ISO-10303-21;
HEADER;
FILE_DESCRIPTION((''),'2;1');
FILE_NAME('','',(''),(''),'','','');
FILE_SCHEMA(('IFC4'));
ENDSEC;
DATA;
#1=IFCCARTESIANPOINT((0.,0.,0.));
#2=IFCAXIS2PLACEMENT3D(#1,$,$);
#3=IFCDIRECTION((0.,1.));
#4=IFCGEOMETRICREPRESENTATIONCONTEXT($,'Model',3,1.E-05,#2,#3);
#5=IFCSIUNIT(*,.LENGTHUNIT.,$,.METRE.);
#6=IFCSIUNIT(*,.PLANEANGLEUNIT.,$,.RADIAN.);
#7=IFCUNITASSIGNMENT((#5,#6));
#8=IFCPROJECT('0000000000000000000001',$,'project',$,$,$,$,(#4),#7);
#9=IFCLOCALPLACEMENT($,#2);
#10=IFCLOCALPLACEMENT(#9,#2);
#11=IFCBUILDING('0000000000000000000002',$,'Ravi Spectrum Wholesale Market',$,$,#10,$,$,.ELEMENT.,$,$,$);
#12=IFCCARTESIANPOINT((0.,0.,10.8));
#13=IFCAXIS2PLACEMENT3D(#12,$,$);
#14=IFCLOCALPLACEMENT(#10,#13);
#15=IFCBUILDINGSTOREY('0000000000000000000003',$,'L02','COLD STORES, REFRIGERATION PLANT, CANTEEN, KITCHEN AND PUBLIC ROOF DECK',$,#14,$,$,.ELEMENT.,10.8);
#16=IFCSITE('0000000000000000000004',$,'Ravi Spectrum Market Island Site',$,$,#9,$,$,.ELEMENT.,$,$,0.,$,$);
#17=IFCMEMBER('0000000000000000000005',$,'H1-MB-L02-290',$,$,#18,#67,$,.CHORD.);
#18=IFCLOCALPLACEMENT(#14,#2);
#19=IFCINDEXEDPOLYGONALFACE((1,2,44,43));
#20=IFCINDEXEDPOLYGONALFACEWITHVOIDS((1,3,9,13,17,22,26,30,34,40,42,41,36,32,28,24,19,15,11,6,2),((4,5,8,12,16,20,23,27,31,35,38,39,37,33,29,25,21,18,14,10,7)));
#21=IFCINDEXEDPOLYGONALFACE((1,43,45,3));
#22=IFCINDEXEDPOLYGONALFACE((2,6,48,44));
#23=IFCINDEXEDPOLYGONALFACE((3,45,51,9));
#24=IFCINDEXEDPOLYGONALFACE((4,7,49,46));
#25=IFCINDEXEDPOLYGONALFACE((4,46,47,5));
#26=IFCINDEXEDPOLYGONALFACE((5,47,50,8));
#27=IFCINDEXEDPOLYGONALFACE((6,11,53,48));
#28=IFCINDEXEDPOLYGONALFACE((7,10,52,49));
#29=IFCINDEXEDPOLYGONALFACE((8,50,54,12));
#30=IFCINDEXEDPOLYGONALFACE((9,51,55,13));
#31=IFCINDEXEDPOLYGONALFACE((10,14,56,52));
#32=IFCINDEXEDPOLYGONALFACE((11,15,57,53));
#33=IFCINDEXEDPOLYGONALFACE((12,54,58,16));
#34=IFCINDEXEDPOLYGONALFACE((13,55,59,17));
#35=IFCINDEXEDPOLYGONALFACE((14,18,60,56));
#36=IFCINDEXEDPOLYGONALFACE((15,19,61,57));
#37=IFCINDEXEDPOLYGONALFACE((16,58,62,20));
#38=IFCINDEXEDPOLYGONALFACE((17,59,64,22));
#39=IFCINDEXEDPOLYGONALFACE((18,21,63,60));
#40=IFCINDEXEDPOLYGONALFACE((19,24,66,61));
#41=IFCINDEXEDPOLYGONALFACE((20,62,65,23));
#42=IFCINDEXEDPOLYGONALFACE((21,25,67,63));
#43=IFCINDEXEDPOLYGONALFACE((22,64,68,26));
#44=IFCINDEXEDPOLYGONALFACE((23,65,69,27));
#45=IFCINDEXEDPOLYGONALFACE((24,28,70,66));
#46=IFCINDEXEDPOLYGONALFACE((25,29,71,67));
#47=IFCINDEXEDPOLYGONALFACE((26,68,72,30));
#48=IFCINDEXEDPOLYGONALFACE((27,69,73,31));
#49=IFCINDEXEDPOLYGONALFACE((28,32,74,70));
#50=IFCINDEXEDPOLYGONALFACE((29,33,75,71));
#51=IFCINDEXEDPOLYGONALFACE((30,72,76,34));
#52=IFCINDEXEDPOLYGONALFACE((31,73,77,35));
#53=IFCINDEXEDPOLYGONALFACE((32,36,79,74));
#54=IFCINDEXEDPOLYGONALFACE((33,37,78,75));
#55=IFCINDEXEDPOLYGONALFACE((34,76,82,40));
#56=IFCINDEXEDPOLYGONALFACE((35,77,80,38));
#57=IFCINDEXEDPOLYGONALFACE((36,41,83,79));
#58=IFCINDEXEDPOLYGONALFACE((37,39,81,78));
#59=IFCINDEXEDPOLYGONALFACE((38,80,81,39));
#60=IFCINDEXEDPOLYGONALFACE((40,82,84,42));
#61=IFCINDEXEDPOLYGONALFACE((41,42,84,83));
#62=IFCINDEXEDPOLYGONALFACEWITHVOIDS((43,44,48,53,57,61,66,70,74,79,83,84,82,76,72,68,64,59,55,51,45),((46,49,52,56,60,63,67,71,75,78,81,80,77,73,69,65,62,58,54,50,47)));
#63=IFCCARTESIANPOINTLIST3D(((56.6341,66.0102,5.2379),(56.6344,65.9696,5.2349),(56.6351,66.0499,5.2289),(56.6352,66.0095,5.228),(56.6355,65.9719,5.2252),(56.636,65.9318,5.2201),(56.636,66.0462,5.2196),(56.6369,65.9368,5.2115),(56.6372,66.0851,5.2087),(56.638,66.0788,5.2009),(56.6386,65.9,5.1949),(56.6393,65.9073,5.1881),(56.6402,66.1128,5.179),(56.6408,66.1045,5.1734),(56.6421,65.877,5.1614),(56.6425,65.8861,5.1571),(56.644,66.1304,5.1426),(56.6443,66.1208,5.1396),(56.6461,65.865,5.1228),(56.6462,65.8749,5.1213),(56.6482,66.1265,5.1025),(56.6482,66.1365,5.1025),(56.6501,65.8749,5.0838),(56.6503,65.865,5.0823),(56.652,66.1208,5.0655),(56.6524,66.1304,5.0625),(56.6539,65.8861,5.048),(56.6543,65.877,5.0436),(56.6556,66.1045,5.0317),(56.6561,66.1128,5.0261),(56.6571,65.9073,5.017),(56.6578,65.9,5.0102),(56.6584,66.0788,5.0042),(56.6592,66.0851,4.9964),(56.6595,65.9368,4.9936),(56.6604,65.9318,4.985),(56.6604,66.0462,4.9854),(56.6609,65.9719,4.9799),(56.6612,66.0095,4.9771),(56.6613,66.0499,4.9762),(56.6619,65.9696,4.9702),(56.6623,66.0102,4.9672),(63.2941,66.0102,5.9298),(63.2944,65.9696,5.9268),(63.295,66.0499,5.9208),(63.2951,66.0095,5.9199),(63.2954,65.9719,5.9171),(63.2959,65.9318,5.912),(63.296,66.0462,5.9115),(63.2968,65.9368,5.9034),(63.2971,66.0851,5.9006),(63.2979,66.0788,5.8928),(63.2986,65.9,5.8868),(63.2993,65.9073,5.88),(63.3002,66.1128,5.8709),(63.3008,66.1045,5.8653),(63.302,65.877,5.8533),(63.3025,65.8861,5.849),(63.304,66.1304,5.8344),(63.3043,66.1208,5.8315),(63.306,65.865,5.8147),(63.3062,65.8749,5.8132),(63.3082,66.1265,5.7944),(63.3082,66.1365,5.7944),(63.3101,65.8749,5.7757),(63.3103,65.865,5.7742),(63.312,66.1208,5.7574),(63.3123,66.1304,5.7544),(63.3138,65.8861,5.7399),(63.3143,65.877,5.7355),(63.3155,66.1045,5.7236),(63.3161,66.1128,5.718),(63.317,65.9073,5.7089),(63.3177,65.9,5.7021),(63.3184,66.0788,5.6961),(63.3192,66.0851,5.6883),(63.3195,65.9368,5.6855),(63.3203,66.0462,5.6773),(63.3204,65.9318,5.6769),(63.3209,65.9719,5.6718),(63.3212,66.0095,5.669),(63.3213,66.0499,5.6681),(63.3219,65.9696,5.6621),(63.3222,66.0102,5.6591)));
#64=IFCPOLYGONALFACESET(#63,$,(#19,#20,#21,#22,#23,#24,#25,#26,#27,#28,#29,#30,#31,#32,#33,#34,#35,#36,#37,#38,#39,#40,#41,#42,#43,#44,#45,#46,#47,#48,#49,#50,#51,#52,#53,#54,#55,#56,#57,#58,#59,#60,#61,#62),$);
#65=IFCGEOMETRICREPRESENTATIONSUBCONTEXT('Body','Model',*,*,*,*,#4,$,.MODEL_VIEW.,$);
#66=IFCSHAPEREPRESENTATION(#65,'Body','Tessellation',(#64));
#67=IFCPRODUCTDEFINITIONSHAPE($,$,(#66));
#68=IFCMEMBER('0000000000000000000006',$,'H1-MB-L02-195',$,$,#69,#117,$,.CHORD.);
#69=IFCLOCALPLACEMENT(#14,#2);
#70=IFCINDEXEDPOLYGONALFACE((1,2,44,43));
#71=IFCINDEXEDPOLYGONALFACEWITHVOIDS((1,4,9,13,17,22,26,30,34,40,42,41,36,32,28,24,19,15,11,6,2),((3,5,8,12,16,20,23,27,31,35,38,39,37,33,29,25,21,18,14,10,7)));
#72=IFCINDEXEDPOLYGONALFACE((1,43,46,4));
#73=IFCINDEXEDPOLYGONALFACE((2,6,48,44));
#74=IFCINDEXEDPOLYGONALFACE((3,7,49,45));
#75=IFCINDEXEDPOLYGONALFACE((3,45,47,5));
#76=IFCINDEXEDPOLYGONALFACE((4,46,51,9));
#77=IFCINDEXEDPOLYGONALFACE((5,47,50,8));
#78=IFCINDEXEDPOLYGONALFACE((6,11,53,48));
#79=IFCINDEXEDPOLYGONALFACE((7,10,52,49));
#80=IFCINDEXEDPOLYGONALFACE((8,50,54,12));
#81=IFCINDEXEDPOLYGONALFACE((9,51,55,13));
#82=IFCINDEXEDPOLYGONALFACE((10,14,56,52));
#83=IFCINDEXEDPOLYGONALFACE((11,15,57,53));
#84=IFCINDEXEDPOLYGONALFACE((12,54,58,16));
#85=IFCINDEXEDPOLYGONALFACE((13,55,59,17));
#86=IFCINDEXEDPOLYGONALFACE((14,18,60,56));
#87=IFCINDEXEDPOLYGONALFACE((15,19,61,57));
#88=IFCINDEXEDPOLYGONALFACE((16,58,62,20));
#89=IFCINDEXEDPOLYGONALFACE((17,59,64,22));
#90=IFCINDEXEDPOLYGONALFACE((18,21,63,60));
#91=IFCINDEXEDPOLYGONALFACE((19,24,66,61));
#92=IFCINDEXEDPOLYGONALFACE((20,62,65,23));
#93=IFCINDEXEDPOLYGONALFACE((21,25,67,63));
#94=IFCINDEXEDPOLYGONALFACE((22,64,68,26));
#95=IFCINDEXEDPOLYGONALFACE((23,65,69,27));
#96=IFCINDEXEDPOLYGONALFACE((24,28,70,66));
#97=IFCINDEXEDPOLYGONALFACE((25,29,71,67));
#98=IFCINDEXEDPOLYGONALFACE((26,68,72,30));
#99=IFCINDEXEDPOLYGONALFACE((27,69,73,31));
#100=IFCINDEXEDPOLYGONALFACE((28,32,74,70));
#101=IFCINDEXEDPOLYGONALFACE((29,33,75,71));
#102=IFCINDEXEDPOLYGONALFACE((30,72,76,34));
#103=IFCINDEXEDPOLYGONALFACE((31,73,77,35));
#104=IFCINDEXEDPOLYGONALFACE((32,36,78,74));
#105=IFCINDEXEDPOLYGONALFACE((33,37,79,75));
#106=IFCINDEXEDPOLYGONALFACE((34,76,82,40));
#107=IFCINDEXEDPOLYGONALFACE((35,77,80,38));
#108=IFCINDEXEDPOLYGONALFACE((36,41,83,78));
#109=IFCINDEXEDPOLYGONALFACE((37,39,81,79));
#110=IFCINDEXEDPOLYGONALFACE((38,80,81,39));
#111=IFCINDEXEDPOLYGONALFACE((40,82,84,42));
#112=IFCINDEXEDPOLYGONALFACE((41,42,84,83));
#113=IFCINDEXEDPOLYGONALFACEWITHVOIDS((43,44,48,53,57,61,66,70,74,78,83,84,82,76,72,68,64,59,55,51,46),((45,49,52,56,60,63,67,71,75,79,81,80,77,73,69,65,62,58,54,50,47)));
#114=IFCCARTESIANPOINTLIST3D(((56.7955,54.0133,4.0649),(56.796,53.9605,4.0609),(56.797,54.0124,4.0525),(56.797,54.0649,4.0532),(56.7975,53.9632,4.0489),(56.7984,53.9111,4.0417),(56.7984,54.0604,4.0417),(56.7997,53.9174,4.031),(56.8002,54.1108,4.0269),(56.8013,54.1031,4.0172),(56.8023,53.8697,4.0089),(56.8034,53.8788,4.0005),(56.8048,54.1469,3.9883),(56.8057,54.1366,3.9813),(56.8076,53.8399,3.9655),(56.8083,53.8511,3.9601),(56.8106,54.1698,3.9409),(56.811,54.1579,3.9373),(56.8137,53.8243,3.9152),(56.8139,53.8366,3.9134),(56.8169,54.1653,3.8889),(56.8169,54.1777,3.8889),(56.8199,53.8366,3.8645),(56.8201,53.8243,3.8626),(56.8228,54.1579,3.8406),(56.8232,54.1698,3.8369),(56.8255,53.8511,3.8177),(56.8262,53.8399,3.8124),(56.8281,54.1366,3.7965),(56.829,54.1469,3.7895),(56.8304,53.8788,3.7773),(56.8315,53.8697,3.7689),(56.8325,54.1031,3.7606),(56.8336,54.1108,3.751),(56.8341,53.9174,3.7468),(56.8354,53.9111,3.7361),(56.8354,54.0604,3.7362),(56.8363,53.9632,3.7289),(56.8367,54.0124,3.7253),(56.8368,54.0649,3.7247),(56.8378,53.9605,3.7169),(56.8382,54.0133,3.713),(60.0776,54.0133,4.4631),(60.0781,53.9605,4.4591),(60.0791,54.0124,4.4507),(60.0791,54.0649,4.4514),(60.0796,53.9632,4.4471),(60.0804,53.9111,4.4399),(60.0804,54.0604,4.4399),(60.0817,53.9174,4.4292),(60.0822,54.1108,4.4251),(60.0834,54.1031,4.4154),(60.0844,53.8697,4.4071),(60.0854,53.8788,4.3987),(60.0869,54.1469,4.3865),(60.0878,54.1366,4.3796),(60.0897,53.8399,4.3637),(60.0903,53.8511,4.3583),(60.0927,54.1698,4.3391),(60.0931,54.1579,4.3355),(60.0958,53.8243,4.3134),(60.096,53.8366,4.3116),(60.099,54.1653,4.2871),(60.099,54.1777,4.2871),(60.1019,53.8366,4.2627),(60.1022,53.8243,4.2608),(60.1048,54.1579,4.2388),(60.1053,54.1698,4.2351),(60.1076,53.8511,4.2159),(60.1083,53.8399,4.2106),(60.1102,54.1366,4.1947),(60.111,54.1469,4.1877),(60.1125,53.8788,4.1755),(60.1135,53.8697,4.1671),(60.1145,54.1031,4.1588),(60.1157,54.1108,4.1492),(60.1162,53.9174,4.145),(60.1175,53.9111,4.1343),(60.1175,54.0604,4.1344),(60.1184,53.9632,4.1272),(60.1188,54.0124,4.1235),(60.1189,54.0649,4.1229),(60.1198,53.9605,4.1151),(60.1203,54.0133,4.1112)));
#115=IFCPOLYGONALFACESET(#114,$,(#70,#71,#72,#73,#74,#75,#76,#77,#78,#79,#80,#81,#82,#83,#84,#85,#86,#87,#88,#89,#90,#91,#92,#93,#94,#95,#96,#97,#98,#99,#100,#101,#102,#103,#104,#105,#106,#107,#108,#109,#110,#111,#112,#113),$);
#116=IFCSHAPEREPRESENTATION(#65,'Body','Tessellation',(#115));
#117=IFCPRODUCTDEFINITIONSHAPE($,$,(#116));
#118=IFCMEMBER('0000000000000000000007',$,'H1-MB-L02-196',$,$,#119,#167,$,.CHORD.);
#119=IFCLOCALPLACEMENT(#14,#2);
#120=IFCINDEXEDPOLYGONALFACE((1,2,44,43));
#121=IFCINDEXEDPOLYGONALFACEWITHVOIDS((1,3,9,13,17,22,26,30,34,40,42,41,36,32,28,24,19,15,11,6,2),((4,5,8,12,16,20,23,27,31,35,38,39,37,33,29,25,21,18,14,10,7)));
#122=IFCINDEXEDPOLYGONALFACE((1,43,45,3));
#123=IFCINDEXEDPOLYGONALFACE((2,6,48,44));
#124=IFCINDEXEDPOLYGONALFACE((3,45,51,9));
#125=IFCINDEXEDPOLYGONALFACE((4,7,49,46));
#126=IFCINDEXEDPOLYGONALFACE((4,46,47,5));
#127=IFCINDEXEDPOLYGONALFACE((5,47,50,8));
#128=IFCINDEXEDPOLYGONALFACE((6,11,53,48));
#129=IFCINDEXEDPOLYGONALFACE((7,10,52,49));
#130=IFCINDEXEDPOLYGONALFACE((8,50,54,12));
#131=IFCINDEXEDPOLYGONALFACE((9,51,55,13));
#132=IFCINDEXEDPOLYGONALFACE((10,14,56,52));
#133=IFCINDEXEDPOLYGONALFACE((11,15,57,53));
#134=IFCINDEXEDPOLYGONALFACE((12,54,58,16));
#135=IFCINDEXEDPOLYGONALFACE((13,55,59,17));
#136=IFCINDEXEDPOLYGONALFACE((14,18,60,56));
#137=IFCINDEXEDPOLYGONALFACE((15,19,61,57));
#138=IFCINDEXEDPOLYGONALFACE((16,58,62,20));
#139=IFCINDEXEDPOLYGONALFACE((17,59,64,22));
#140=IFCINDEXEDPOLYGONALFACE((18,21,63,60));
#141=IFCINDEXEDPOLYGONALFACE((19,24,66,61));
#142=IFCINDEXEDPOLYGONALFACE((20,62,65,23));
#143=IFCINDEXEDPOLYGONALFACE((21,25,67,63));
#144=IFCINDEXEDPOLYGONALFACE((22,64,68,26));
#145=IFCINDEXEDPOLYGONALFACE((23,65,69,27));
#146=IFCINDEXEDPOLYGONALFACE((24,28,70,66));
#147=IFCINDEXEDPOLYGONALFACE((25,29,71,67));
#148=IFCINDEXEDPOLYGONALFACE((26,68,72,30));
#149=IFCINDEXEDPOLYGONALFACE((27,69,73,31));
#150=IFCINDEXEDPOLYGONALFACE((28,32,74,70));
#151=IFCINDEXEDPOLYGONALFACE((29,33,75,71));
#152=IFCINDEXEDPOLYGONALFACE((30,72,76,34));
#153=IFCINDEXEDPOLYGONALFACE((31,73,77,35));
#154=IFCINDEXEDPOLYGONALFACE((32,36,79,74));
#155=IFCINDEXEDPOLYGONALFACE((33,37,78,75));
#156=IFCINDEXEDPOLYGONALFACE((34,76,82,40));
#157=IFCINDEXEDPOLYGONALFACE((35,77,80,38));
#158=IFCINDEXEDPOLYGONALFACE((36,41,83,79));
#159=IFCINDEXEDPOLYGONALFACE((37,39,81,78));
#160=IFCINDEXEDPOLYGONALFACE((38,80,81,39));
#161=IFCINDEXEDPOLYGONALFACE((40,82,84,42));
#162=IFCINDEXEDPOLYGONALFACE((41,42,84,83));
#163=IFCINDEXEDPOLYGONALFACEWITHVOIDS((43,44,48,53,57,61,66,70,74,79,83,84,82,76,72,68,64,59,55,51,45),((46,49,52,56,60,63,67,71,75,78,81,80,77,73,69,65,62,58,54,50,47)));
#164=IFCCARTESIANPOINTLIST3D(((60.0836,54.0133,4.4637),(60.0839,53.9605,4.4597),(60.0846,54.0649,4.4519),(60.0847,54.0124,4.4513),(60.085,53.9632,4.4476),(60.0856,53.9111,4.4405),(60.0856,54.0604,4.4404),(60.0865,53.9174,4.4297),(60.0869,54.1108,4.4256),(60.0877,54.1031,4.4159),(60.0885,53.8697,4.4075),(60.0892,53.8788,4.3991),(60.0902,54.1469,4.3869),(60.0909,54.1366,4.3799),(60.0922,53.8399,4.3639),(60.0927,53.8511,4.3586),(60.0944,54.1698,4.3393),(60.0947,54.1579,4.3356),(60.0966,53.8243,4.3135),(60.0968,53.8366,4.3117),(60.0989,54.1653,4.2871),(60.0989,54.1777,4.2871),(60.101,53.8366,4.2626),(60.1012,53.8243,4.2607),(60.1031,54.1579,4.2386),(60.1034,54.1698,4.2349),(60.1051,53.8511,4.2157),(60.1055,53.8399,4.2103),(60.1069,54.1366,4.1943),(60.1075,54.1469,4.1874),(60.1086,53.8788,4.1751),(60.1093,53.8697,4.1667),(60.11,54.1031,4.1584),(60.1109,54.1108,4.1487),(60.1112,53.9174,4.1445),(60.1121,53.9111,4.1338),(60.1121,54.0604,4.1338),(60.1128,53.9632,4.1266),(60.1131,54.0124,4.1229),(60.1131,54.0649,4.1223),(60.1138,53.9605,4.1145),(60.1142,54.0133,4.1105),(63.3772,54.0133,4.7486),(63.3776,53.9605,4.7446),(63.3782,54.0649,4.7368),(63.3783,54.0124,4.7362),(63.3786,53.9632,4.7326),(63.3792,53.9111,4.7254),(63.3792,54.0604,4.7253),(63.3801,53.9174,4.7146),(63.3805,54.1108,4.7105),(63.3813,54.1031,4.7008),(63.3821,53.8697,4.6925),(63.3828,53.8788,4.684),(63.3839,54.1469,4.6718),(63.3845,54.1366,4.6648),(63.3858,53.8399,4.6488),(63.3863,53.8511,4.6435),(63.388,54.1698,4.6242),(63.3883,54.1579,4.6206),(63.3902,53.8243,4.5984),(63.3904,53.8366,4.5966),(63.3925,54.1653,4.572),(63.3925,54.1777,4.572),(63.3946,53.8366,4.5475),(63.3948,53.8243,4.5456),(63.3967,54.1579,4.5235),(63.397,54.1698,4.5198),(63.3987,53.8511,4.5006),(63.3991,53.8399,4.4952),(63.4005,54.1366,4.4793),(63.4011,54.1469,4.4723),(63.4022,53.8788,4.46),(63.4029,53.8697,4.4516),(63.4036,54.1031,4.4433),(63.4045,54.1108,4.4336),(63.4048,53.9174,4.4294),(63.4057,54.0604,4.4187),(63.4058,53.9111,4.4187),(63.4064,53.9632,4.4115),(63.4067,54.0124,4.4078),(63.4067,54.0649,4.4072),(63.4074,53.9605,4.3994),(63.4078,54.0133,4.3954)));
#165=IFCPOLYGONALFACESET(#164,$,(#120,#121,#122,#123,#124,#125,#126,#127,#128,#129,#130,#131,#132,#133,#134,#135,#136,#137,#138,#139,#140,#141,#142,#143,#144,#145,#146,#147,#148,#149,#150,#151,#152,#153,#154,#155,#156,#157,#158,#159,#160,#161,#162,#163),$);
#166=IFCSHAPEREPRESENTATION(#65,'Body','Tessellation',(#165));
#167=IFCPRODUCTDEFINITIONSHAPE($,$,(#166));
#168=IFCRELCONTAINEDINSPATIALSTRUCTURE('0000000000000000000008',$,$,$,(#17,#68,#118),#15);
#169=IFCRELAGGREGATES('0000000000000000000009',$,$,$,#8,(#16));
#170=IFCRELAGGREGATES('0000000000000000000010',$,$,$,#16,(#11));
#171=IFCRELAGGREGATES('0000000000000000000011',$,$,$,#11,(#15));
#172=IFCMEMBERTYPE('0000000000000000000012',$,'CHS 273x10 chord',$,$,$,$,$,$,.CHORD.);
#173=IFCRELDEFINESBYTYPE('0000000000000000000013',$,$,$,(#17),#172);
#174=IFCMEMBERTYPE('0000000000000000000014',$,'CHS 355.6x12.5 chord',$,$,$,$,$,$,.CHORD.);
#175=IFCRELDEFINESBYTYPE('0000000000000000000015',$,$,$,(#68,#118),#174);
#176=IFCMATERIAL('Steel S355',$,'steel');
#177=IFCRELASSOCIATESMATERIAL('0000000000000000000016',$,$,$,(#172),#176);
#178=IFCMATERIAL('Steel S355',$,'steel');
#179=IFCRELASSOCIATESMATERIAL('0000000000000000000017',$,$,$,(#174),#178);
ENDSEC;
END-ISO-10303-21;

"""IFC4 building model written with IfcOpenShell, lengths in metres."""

from ifc_helpers import new_model, si_unit, direction, frame, origin, origin_2d, place, context, subcontext, project, spatial, hollow_circle, extrude, material, material_profile, profile_set, type_object, element, save


model = new_model("IFC4")

# Units and contexts
model_context = context("Model", 3, precision=1e-05, world=origin(), true_north=direction((0.0, 1.0)))
body_context = subcontext(model_context, "Body", "Model", "MODEL_VIEW")
ifc_project = project(units=[si_unit("LENGTHUNIT", "METRE"), si_unit("PLANEANGLEUNIT", "RADIAN")], contexts=[model_context])

# Site, building, storey
site_placement = place(None, origin())
site = spatial("IfcSite", under=ifc_project, at=site_placement, Name="Ravi Spectrum Market Island Site", CompositionType="ELEMENT", RefElevation=0.0)
building_placement = place(site_placement, origin())
building = spatial("IfcBuilding", under=site, at=building_placement, Name="Ravi Spectrum Wholesale Market", CompositionType="ELEMENT")
storey_placement = place(building_placement, frame((0.0, 0.0, 10.8)))
storey = spatial("IfcBuildingStorey", under=building, at=storey_placement, Name="L02", Description="COLD STORES, REFRIGERATION PLANT, CANTEEN, KITCHEN AND PUBLIC ROOF DECK", CompositionType="ELEMENT", Elevation=10.8)

# Members
ifc_material_1 = material(Name="Steel S355", Category="steel")
ifc_material_profile_1 = material_profile(ifc_material_1, hollow_circle(Radius=0.1365, WallThickness=0.01, at=origin_2d()))
ifc_profile_set_1 = profile_set([ifc_material_profile_1], Name="Steel S355")
member_type_1 = type_object("IfcMemberType", Name="CHS 273x10 chord", PredefinedType="CHORD", material=ifc_profile_set_1)
member_1_placement = place(storey_placement, frame((56.6482, 66.0, 5.1025), z_axis=(0.994647, 0.0, 0.103333), x_axis=(0.0, 1.0, 0.0)))
element("IfcMember", 1, at=member_1_placement, inside=storey, type_object=member_type_1, Name="H1-MB-L02-290", PredefinedType="CHORD", context=body_context, shape_type="SweptSolid", body=[
    extrude(hollow_circle(Radius=0.1365, WallThickness=0.01, at=origin_2d()), origin(), (0.0, 0.0, 1.0), 6.6958),
])
ifc_material_2 = material(Name="Steel S355", Category="steel")
ifc_material_profile_2 = material_profile(ifc_material_2, hollow_circle(Radius=0.1777, WallThickness=0.0125, at=origin_2d()))
ifc_profile_set_2 = profile_set([ifc_material_profile_2], Name="Steel S355")
member_type_2 = type_object("IfcMemberType", Name="CHS 355.6x12.5 chord", PredefinedType="CHORD", material=ifc_profile_set_2)
member_2_placement = place(storey_placement, frame((56.8169, 54.0, 3.8889), z_axis=(0.99272, 0.0, 0.120444), x_axis=(0.0, 1.0, 0.0)))
element("IfcMember", 2, at=member_2_placement, inside=storey, type_object=member_type_2, Name="H1-MB-L02-195", PredefinedType="CHORD", context=body_context, shape_type="SweptSolid", body=[
    extrude(hollow_circle(Radius=0.1777, WallThickness=0.0125, at=origin_2d()), origin(), (0.0, 0.0, 1.0), 3.3062),
])
member_3_placement = place(storey_placement, frame((60.0989, 54.0, 4.2871), z_axis=(0.99628, 0.0, 0.08618), x_axis=(0.0, 1.0, 0.0)))
element("IfcMember", 3, at=member_3_placement, inside=storey, type_object=member_type_2, Name="H1-MB-L02-196", PredefinedType="CHORD", context=body_context, shape_type="SweptSolid", body=[
    extrude(hollow_circle(Radius=0.1777, WallThickness=0.0125, at=origin_2d()), origin(), (0.0, 0.0, 1.0), 3.3059),
])

save(model, "model.ifc")
